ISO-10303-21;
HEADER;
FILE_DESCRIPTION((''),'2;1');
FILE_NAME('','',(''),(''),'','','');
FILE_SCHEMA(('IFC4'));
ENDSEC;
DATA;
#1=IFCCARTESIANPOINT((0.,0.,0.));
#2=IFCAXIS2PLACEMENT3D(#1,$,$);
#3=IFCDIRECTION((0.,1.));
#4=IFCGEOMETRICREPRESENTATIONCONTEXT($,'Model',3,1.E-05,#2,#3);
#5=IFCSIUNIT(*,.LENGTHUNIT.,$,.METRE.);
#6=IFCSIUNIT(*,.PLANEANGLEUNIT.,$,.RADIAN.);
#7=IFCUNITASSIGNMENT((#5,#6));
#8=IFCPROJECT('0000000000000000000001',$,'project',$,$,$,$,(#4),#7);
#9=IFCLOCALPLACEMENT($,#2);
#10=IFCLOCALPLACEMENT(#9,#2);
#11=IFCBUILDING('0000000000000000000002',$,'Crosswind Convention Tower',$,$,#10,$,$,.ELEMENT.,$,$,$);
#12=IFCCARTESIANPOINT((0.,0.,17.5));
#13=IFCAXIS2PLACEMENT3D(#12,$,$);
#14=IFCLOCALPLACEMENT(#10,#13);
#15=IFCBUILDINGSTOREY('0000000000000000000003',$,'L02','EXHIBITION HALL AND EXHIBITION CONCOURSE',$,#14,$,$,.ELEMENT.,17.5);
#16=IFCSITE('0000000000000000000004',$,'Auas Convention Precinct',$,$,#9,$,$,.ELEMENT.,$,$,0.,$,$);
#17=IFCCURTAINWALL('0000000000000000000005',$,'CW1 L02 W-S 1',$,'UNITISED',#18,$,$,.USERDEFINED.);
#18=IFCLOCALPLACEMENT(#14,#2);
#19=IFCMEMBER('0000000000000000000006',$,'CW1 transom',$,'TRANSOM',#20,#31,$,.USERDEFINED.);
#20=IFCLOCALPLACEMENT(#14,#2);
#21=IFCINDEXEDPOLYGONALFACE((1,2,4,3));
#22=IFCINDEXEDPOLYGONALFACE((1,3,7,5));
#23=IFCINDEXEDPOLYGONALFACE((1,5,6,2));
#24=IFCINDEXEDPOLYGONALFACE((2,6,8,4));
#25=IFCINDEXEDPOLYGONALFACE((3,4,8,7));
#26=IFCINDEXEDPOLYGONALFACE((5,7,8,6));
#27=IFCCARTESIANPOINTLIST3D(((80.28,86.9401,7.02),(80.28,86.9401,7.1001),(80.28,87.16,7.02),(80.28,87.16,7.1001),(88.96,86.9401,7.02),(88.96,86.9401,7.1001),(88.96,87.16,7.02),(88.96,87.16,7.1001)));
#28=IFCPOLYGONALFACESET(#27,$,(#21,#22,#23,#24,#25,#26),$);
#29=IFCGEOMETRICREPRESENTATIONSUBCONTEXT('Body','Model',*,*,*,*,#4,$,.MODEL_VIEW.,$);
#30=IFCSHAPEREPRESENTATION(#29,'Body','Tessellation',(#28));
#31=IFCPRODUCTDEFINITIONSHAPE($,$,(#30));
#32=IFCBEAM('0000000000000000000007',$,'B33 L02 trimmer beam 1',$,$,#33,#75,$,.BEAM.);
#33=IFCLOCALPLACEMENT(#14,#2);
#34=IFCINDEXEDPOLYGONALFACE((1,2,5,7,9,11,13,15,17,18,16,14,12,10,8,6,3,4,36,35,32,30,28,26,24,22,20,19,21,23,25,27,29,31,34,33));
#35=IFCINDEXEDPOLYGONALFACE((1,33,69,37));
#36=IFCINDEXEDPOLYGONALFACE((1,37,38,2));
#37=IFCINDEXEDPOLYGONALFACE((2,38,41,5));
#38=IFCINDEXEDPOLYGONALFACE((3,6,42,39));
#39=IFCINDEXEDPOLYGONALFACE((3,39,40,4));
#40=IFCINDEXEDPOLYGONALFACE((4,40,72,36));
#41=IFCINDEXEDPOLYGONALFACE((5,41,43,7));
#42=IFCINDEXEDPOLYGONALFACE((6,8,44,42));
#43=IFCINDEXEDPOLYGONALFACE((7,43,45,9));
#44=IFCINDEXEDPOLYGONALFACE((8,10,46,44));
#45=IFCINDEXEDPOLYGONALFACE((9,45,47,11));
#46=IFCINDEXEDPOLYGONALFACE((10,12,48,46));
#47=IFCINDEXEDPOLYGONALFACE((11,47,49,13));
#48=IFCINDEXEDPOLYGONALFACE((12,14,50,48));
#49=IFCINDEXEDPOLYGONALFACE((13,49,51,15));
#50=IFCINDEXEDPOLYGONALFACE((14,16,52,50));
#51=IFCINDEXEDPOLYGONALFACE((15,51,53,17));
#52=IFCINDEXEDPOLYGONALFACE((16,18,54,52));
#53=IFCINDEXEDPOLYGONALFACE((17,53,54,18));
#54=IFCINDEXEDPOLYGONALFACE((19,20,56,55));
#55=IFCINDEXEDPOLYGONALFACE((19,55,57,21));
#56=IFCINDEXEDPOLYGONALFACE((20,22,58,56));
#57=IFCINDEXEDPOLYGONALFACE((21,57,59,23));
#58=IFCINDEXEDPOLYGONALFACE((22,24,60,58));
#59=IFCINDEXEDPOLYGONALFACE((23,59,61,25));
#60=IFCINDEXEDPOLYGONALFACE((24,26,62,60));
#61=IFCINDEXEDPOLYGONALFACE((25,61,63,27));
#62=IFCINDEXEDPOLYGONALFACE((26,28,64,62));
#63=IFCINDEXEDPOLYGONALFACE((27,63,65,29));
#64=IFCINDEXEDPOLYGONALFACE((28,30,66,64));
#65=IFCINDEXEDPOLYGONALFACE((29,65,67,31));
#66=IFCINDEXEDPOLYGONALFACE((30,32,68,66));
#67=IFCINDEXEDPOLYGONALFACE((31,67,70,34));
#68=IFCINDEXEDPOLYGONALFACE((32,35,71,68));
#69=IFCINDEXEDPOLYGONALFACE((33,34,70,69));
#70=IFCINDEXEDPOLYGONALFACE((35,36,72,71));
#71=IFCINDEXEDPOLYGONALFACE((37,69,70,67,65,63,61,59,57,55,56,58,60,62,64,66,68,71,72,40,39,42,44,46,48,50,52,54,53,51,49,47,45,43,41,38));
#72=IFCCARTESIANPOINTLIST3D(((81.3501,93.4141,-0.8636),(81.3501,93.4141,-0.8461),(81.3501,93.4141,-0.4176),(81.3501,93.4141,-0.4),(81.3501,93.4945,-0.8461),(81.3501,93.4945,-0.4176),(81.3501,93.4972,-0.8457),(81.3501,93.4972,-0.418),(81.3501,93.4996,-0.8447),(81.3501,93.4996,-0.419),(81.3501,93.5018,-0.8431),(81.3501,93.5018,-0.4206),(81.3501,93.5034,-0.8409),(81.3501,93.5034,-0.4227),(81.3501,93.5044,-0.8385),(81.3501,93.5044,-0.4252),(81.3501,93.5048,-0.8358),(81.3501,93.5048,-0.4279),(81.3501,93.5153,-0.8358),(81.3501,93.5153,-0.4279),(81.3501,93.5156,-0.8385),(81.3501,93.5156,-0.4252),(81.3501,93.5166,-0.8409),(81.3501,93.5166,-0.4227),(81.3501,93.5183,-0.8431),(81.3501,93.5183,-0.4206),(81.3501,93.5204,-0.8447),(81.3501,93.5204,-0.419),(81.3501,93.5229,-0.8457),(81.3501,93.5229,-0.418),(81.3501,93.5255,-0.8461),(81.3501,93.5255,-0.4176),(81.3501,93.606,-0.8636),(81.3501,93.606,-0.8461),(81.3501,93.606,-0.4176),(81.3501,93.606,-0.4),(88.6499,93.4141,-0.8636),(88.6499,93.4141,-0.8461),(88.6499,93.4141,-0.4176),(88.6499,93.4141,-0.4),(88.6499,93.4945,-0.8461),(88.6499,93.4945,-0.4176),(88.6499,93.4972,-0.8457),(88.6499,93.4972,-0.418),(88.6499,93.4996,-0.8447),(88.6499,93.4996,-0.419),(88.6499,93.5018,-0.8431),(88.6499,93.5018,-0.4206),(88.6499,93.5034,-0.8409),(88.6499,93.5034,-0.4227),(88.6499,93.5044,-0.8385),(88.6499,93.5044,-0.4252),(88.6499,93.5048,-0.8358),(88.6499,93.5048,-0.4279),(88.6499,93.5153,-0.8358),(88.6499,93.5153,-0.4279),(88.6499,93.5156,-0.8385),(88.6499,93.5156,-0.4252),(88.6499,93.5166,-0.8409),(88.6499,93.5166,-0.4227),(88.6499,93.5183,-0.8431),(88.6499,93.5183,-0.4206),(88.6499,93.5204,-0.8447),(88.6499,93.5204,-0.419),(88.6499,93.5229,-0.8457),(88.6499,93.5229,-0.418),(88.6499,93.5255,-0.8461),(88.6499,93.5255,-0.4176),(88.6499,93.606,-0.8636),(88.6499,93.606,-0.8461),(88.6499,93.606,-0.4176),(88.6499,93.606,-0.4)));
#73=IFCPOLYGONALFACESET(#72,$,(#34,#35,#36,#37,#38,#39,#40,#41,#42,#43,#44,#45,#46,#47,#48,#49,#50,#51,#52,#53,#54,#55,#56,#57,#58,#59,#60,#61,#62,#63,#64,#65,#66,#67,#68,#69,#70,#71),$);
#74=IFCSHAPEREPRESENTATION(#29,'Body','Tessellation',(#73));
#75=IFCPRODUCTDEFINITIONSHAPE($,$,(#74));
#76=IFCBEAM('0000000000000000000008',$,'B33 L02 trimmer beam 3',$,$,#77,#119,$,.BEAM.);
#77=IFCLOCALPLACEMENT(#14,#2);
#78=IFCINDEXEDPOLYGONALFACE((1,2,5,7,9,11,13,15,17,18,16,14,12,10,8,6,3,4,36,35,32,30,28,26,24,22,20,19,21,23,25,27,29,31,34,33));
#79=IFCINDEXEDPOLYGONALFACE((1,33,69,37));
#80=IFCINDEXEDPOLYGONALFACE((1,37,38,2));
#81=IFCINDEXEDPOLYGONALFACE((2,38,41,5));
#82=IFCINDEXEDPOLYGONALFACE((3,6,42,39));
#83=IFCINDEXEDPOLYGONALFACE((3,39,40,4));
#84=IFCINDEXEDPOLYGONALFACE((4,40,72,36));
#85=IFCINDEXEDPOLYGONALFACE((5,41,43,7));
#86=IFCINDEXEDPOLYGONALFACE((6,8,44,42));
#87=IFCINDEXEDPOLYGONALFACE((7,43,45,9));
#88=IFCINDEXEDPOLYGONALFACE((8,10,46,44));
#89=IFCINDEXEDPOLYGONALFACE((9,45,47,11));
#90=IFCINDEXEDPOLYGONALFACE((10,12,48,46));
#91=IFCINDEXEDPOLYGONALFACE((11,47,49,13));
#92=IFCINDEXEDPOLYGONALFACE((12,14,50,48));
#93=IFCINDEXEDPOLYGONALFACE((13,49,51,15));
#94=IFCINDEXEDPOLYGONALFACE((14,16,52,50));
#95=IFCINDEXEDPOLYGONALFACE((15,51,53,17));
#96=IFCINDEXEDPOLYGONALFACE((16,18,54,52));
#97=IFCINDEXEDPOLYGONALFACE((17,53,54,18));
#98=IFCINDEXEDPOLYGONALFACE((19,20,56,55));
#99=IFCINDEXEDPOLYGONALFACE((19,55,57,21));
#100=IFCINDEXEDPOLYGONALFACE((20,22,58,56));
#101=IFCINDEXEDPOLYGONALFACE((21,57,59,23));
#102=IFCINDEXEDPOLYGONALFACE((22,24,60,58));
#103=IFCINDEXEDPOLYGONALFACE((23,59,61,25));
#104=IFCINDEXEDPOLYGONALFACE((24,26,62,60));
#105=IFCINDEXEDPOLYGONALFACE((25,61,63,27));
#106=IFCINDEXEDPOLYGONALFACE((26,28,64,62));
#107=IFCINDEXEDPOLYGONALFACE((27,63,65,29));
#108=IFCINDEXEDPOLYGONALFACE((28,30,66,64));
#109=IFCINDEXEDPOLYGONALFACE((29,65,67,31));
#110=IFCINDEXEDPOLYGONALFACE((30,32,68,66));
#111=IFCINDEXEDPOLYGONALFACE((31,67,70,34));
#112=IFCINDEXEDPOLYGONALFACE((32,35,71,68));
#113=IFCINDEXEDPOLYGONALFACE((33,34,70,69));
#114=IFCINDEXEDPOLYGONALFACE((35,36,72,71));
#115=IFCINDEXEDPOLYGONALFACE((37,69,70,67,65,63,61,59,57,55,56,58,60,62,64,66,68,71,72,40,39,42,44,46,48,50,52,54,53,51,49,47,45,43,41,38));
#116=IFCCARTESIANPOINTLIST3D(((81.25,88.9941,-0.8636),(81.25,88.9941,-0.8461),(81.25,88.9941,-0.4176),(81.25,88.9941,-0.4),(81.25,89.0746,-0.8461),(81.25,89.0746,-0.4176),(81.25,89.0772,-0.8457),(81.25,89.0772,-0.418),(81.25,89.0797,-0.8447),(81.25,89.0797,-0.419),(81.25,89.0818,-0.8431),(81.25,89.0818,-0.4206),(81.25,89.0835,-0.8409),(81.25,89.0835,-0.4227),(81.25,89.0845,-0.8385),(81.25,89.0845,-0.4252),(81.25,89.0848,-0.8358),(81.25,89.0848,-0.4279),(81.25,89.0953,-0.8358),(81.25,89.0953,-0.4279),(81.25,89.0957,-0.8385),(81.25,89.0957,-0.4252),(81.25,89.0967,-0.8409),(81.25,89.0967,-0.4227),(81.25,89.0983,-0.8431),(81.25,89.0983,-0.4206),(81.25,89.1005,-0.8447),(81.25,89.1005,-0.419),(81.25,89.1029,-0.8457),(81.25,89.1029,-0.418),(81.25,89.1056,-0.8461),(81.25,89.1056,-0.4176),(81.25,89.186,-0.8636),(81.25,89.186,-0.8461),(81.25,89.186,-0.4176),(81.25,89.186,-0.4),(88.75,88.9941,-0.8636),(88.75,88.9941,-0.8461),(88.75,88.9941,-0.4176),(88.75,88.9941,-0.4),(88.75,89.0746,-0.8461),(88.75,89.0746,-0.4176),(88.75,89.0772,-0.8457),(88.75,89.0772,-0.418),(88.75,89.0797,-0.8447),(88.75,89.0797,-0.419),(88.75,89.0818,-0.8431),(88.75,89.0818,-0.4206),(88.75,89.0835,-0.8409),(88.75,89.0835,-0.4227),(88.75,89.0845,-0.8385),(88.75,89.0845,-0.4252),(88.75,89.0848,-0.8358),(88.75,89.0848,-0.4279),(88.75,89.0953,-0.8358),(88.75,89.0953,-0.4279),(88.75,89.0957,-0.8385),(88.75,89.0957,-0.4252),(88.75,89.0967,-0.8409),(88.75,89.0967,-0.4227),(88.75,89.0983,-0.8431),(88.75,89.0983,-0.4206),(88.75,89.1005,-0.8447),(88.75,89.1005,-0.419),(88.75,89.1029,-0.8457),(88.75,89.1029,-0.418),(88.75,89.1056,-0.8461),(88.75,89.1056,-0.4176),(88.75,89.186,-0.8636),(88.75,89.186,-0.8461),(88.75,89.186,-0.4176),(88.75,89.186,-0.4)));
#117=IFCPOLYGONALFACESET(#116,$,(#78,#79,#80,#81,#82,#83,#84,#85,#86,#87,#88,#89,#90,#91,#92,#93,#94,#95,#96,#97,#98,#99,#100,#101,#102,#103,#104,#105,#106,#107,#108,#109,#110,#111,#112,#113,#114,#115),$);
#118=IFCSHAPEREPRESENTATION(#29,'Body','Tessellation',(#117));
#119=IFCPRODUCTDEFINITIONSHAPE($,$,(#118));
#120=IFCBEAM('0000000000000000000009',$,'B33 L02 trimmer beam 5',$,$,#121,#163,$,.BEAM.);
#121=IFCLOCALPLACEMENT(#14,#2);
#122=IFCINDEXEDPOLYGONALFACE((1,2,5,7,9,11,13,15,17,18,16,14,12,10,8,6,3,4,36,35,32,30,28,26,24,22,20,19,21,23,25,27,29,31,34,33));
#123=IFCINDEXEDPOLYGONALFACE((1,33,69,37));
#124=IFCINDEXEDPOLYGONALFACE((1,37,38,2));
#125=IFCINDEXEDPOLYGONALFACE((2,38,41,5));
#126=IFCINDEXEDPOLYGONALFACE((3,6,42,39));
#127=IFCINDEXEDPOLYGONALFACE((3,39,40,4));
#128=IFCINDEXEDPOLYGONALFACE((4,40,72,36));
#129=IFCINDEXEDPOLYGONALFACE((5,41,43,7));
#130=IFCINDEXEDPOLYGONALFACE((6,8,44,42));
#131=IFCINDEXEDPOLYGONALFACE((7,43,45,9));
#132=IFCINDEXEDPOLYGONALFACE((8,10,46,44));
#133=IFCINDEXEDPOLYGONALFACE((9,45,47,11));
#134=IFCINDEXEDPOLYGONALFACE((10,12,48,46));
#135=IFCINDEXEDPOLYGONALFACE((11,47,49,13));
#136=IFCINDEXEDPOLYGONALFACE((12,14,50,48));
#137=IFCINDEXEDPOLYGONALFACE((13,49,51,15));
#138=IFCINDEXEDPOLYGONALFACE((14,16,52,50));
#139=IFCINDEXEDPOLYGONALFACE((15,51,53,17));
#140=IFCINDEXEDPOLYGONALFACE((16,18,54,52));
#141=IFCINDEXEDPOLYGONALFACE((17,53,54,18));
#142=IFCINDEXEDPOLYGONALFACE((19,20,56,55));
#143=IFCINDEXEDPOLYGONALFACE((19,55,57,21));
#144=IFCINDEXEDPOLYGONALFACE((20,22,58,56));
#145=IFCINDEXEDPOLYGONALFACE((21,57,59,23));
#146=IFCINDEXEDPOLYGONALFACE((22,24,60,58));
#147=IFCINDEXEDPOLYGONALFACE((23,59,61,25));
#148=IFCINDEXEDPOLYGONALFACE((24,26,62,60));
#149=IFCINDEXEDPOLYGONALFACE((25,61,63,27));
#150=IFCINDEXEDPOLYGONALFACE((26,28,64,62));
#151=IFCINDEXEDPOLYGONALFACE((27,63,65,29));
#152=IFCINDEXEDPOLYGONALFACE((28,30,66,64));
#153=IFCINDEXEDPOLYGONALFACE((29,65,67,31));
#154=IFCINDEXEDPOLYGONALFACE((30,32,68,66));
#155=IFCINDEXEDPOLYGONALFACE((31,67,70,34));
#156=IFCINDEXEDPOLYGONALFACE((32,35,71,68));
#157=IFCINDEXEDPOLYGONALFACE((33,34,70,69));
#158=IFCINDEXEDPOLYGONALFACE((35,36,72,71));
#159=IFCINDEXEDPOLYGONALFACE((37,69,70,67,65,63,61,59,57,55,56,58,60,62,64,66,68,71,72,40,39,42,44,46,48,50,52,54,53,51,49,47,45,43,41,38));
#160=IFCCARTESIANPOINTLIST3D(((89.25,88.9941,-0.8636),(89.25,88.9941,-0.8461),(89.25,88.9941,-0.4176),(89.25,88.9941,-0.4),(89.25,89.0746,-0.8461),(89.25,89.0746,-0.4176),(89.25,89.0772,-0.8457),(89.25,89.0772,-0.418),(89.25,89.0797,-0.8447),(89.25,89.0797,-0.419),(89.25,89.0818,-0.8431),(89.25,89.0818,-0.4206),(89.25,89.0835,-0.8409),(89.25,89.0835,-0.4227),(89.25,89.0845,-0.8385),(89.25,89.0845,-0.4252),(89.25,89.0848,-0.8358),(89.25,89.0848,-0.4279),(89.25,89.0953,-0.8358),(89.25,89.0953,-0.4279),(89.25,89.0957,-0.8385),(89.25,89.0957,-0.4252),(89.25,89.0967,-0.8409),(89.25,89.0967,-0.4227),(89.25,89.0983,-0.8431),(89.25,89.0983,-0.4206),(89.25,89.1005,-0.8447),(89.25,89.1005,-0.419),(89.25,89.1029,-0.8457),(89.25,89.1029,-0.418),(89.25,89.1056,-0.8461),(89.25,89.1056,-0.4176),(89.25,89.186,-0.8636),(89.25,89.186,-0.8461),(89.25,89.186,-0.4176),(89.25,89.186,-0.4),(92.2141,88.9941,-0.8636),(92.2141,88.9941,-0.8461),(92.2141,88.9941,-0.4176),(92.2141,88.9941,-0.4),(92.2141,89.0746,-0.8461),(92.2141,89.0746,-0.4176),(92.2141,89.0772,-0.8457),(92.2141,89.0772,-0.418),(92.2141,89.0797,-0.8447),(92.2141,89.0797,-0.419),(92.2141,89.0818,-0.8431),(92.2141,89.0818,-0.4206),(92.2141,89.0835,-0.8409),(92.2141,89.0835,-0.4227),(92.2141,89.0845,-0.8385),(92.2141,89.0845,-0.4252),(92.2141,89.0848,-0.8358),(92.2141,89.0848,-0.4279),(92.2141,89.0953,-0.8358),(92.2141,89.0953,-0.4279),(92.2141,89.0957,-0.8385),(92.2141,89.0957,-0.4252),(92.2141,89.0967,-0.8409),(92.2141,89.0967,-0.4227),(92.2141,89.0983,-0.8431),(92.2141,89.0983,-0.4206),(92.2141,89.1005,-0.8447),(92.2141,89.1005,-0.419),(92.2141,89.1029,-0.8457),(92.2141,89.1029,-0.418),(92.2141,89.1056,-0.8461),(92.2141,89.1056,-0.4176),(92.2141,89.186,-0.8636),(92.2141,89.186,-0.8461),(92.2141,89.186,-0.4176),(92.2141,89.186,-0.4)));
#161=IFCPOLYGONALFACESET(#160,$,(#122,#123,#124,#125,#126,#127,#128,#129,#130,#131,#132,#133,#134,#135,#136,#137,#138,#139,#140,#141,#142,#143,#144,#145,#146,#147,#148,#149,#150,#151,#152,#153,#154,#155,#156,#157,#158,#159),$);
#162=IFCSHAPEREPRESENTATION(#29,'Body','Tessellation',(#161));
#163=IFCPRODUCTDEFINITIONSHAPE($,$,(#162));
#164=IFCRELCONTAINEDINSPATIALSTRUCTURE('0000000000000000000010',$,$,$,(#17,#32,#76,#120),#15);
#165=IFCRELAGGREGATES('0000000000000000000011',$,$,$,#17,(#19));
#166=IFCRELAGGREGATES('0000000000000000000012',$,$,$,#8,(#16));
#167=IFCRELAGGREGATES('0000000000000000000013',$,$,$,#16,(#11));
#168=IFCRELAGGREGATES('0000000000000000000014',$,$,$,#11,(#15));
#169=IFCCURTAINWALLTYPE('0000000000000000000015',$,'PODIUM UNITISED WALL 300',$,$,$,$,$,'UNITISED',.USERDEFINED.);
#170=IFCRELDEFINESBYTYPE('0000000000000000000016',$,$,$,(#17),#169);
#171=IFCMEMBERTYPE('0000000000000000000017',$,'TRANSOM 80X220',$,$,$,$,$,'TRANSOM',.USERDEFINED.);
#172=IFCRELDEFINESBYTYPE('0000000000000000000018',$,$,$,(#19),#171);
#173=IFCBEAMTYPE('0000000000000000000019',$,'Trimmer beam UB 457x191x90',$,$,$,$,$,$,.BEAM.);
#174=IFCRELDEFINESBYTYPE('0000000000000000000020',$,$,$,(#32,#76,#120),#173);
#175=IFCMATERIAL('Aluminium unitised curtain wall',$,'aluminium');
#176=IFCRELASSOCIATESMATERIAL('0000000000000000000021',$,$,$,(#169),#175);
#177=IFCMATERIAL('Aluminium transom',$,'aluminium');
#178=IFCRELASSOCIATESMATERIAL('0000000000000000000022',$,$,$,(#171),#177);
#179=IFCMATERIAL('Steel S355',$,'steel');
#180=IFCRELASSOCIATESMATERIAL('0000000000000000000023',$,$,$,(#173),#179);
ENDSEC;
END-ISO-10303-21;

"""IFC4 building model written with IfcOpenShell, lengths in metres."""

from ifc_helpers import new_model, si_unit, direction, frame, origin, origin_2d, place, context, subcontext, project, spatial, rectangle, i_section, extrude, material, material_profile, profile_set, type_object, element, aggregate, save


model = new_model("IFC4")

# Units and contexts
model_context = context("Model", 3, precision=1e-05, world=origin(), true_north=direction((0.0, 1.0)))
body_context = subcontext(model_context, "Body", "Model", "MODEL_VIEW")
ifc_project = project(units=[si_unit("LENGTHUNIT", "METRE"), si_unit("PLANEANGLEUNIT", "RADIAN")], contexts=[model_context])

# Site, building, storey
site_placement = place(None, origin())
site = spatial("IfcSite", under=ifc_project, at=site_placement, Name="Auas Convention Precinct", CompositionType="ELEMENT", RefElevation=0.0)
building_placement = place(site_placement, origin())
building = spatial("IfcBuilding", under=site, at=building_placement, Name="Crosswind Convention Tower", CompositionType="ELEMENT")
storey_placement = place(building_placement, frame((0.0, 0.0, 17.5)))
storey = spatial("IfcBuildingStorey", under=building, at=storey_placement, Name="L02", Description="EXHIBITION HALL AND EXHIBITION CONCOURSE", CompositionType="ELEMENT", Elevation=17.5)

# Shared definitions
ifc_material_1 = material(Name="Steel S355", Category="steel")

# Shared definitions
ifc_material_2 = material(Name="Aluminium unitised curtain wall", Category="aluminium")

# Curtain wall
curtain_wall_type_1 = type_object("IfcCurtainWallType", Name="PODIUM UNITISED WALL 300", ElementType="UNITISED", PredefinedType="USERDEFINED", material=ifc_material_2)
curtain_wall_1_placement = place(storey_placement, origin())
curtain_wall_1 = element("IfcCurtainWall", 1, at=curtain_wall_1_placement, inside=storey, type_object=curtain_wall_type_1, Name="CW1 L02 W-S 1", ObjectType="UNITISED", PredefinedType="USERDEFINED")

# Member
ifc_material_3 = material(Name="Aluminium transom", Category="aluminium")
ifc_material_profile_1 = material_profile(ifc_material_3, rectangle(XDim=0.22, YDim=0.0801, at=origin_2d()), Name="AL 220X80")
ifc_profile_set_1 = profile_set([ifc_material_profile_1], Name="Aluminium transom")
member_type_1 = type_object("IfcMemberType", Name="TRANSOM 80X220", ElementType="TRANSOM", PredefinedType="USERDEFINED", material=ifc_profile_set_1)
member_1_placement = place(storey_placement, frame((80.28, 87.05, 7.0601), z_axis=(1.0, 0.0, 0.0), x_axis=(0.0, 1.0, 0.0)))
member_1 = element("IfcMember", 2, at=member_1_placement, type_object=member_type_1, Name="CW1 transom", ObjectType="TRANSOM", PredefinedType="USERDEFINED", context=body_context, shape_type="SweptSolid", body=[
    extrude(rectangle(XDim=0.22, YDim=0.0801, at=origin_2d()), origin(), (0.0, 0.0, 1.0), 8.6799),
])

# Beams
ifc_material_profile_2 = material_profile(ifc_material_1, i_section(OverallWidth=0.1919, OverallDepth=0.4636, WebThickness=0.0105, FlangeThickness=0.0176, FilletRadius=0.0103, at=origin_2d()), Name="UB 457x191x90")
ifc_profile_set_2 = profile_set([ifc_material_profile_2], Name="Steel S355")
beam_type_1 = type_object("IfcBeamType", Name="Trimmer beam UB 457x191x90", PredefinedType="BEAM", material=ifc_profile_set_2)
beam_1_placement = place(storey_placement, frame((88.6499, 93.51, -0.6318), z_axis=(-1.0, 0.0, 0.0), x_axis=(0.0, -1.0, 0.0)))
element("IfcBeam", 3, at=beam_1_placement, inside=storey, type_object=beam_type_1, Name="B33 L02 trimmer beam 1", PredefinedType="BEAM", context=body_context, shape_type="SweptSolid", body=[
    extrude(i_section(OverallWidth=0.1919, OverallDepth=0.4636, WebThickness=0.0105, FlangeThickness=0.0176, FilletRadius=0.0103, at=origin_2d()), origin(), (0.0, 0.0, 1.0), 7.2998),
])
beam_2_placement = place(storey_placement, frame((88.75, 89.0901, -0.6318), z_axis=(-1.0, 0.0, 0.0), x_axis=(0.0, -1.0, 0.0)))
element("IfcBeam", 4, at=beam_2_placement, inside=storey, type_object=beam_type_1, Name="B33 L02 trimmer beam 3", PredefinedType="BEAM", context=body_context, shape_type="SweptSolid", body=[
    extrude(i_section(OverallWidth=0.1919, OverallDepth=0.4636, WebThickness=0.0105, FlangeThickness=0.0176, FilletRadius=0.0103, at=origin_2d()), origin(), (0.0, 0.0, 1.0), 7.5),
])
beam_3_placement = place(storey_placement, frame((92.2141, 89.0901, -0.6318), z_axis=(-1.0, 0.0, 0.0), x_axis=(0.0, -1.0, 0.0)))
element("IfcBeam", 5, at=beam_3_placement, inside=storey, type_object=beam_type_1, Name="B33 L02 trimmer beam 5", PredefinedType="BEAM", context=body_context, shape_type="SweptSolid", body=[
    extrude(i_section(OverallWidth=0.1919, OverallDepth=0.4636, WebThickness=0.0105, FlangeThickness=0.0176, FilletRadius=0.0103, at=origin_2d()), origin(), (0.0, 0.0, 1.0), 2.9641),
])

aggregate(curtain_wall_1, [member_1])

save(model, "model.ifc")
